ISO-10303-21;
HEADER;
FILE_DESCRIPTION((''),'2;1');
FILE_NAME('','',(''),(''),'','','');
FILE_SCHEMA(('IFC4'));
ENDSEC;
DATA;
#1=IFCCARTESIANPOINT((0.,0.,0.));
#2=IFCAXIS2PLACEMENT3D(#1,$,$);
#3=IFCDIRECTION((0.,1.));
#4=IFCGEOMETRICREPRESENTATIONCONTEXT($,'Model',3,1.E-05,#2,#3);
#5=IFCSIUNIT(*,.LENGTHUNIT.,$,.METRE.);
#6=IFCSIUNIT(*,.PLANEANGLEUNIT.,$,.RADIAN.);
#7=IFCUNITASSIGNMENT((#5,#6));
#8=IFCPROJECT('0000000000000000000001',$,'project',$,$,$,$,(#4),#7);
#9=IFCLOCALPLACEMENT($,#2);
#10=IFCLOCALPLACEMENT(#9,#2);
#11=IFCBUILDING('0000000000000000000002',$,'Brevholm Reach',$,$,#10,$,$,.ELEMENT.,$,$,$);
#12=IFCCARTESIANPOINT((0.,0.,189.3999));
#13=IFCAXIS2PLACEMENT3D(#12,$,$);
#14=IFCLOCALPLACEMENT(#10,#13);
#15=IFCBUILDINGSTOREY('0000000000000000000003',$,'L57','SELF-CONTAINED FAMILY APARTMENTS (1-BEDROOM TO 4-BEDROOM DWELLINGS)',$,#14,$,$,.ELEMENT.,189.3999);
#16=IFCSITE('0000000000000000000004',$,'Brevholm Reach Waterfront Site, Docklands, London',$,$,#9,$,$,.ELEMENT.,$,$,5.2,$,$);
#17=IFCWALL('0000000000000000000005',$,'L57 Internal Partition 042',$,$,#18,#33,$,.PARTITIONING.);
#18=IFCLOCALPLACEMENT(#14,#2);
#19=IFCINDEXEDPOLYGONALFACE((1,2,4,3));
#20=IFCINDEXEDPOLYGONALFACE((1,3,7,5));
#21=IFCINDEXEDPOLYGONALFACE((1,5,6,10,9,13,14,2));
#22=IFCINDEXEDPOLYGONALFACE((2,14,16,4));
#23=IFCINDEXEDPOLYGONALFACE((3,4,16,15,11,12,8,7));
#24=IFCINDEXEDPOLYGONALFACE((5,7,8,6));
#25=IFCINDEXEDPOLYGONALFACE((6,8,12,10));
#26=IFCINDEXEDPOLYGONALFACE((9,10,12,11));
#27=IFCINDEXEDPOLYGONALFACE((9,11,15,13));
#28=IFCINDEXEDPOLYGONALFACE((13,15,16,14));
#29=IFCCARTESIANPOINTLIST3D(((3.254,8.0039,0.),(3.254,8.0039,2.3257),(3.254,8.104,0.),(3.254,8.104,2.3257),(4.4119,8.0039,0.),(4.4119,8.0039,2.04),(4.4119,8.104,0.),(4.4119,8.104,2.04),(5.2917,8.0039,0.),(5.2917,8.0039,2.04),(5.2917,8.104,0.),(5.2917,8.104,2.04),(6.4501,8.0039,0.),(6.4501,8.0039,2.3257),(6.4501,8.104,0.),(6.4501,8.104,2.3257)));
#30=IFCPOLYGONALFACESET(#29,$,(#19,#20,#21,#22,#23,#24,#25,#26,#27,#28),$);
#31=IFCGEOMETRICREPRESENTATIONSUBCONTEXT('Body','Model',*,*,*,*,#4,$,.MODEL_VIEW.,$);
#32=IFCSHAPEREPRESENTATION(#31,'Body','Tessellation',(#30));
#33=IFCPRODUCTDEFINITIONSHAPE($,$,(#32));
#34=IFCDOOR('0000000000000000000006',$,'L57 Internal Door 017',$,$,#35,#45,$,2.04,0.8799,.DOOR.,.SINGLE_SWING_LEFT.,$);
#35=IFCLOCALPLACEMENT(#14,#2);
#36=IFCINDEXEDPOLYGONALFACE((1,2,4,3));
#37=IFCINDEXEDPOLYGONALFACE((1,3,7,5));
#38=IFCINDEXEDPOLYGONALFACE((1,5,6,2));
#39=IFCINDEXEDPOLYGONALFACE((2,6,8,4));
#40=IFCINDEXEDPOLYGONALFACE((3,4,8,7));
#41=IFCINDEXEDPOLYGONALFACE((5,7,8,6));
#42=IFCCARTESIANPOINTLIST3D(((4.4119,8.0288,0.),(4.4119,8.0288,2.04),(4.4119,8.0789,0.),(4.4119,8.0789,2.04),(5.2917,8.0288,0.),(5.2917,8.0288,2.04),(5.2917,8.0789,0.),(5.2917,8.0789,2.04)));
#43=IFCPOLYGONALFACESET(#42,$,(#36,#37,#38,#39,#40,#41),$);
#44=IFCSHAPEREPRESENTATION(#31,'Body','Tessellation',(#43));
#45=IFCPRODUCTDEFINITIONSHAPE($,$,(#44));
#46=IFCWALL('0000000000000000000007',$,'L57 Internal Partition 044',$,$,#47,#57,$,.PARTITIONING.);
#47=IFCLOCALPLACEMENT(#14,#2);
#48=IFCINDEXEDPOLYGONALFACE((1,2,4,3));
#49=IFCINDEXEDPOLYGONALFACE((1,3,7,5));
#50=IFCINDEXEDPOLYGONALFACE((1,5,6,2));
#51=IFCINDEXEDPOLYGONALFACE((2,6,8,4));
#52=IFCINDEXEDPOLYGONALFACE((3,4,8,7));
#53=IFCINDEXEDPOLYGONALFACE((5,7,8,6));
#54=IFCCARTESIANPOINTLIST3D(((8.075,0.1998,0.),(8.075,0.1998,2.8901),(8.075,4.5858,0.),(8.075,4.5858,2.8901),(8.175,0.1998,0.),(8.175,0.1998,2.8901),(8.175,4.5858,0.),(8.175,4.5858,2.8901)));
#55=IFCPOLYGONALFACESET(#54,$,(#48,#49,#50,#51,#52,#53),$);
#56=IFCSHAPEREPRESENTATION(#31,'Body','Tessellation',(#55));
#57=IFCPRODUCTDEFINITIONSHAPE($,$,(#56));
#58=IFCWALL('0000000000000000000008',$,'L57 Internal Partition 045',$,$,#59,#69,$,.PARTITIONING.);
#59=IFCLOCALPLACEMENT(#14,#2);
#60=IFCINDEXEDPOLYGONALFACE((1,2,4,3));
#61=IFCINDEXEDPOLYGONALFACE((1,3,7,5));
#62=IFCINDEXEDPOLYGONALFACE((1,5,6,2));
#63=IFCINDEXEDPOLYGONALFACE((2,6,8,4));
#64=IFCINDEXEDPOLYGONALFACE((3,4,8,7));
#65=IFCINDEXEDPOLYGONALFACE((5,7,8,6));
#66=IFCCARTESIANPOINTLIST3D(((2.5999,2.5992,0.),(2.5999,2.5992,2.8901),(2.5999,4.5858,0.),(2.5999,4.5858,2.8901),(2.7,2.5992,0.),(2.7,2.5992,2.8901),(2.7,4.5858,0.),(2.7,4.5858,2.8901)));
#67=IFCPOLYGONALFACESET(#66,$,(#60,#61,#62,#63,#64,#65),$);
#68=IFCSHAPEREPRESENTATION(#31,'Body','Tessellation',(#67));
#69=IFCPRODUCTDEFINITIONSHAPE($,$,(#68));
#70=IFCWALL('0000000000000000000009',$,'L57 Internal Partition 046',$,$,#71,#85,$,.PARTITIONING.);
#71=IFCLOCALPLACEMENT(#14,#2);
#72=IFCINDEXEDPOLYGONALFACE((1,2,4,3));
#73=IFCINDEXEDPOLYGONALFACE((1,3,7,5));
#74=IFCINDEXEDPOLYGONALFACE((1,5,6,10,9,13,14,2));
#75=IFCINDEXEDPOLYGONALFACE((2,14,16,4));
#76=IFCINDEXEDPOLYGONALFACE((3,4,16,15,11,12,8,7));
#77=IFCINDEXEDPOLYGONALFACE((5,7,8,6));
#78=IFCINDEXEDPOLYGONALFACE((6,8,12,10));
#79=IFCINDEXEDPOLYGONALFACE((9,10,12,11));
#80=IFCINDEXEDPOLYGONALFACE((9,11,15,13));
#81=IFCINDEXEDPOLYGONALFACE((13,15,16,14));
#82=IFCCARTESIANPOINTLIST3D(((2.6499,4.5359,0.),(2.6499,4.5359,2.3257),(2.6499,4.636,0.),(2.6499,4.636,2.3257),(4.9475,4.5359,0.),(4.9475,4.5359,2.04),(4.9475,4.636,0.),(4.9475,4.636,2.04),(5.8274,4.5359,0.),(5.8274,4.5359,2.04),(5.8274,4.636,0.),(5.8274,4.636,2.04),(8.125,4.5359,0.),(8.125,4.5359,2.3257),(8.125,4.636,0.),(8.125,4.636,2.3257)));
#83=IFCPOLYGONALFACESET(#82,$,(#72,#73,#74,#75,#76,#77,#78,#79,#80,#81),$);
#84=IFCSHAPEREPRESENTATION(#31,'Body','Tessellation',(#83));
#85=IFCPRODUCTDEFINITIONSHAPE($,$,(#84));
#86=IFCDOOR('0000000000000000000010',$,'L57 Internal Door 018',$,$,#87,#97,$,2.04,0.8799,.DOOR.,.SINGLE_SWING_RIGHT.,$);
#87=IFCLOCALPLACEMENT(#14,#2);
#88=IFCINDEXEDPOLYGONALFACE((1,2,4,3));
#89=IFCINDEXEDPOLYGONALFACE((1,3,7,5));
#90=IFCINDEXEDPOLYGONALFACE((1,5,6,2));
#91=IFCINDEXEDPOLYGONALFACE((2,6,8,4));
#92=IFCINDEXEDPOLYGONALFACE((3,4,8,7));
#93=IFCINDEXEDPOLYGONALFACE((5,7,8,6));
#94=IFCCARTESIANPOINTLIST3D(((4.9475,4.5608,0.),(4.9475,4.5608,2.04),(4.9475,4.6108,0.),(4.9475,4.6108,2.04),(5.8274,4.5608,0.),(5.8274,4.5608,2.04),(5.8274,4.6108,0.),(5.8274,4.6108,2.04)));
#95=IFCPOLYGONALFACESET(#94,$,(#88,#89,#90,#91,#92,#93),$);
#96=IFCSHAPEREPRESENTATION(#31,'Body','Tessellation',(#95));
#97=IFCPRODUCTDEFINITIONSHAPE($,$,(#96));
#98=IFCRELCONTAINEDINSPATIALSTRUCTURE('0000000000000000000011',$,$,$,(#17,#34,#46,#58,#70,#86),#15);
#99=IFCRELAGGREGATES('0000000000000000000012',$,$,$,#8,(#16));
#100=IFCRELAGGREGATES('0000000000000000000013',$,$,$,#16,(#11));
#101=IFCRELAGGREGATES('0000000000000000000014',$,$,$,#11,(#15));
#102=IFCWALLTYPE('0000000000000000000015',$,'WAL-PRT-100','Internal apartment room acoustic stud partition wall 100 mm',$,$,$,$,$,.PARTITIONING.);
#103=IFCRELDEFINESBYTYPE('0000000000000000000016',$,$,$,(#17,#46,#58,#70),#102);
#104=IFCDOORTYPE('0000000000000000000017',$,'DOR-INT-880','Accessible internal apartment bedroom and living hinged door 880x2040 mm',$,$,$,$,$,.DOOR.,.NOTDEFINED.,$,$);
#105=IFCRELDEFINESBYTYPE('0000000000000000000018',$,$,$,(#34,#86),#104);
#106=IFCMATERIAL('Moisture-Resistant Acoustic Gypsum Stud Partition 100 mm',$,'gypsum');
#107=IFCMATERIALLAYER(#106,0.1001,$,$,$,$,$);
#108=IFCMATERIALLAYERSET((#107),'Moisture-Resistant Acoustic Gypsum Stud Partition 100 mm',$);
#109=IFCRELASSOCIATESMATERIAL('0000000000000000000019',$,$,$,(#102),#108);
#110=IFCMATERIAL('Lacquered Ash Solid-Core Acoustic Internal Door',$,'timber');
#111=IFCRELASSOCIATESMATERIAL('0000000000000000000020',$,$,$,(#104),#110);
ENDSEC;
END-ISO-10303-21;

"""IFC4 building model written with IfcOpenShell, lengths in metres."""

from ifc_helpers import new_model, si_unit, direction, frame, frame_2d, origin, place, context, subcontext, project, spatial, rectangle, extrude, material, layer, layer_set, type_object, element, fill, save


model = new_model("IFC4")

# Units and contexts
model_context = context("Model", 3, precision=1e-05, world=origin(), true_north=direction((0.0, 1.0)))
body_context = subcontext(model_context, "Body", "Model", "MODEL_VIEW")
ifc_project = project(units=[si_unit("LENGTHUNIT", "METRE"), si_unit("PLANEANGLEUNIT", "RADIAN")], contexts=[model_context])

# Site, building, storey
site_placement = place(None, origin())
site = spatial("IfcSite", under=ifc_project, at=site_placement, Name="Brevholm Reach Waterfront Site, Docklands, London", CompositionType="ELEMENT", RefElevation=5.2)
building_placement = place(site_placement, origin())
building = spatial("IfcBuilding", under=site, at=building_placement, Name="Brevholm Reach", CompositionType="ELEMENT")
storey_placement = place(building_placement, frame((0.0, 0.0, 189.3999)))
storey = spatial("IfcBuildingStorey", under=building, at=storey_placement, Name="L57", Description="SELF-CONTAINED FAMILY APARTMENTS (1-BEDROOM TO 4-BEDROOM DWELLINGS)", CompositionType="ELEMENT", Elevation=189.3999)

# Shared definitions
ifc_material_1 = material(Name="Moisture-Resistant Acoustic Gypsum Stud Partition 100 mm", Category="gypsum")
ifc_layer_1 = layer(ifc_material_1, 0.1001)
ifc_layer_set_1 = layer_set([ifc_layer_1], Name="Moisture-Resistant Acoustic Gypsum Stud Partition 100 mm")
wall_type_1 = type_object("IfcWallType", Name="WAL-PRT-100", Description="Internal apartment room acoustic stud partition wall 100 mm", PredefinedType="PARTITIONING", material=ifc_layer_set_1)

# Wall, opening, door
wall_1_placement = place(storey_placement, frame((3.2539, 8.054, 0.0), z_axis=(0.0, 0.0, 1.0), x_axis=(1.0, 0.0, 0.0)))
wall_1 = element("IfcWall", 1, at=wall_1_placement, inside=storey, type_object=wall_type_1, Name="L57 Internal Partition 042", PredefinedType="PARTITIONING", context=body_context, shape_type="SweptSolid", body=[
    extrude(rectangle(XDim=3.196, YDim=0.1001, at=frame_2d((1.5981, 0.0))), origin(), (0.0, 0.0, 1.0), 2.3257),
])
opening_1_placement = place(wall_1_placement, frame((1.158, 0.0, 0.0)))
opening_1 = element("IfcOpeningElement", 2, at=opening_1_placement, cuts=wall_1, PredefinedType="OPENING", context=body_context, shape_type="SweptSolid", body=[
    extrude(rectangle(XDim=0.8799, YDim=2.04, at=frame_2d((0.4399, 1.02))), frame((0.0, 0.0601, 0.0), z_axis=(0.0, -1.0, 0.0), x_axis=(1.0, 0.0, 0.0)), (0.0, 0.0, 1.0), 0.1201),
])
ifc_material_2 = material(Name="Lacquered Ash Solid-Core Acoustic Internal Door", Category="timber")
door_type_1 = type_object("IfcDoorType", Name="DOR-INT-880", Description="Accessible internal apartment bedroom and living hinged door 880x2040 mm", OperationType="NOTDEFINED", PredefinedType="DOOR", material=ifc_material_2)
door_1_placement = place(opening_1_placement, origin())
door_1 = element("IfcDoor", 3, at=door_1_placement, inside=storey, type_object=door_type_1, Name="L57 Internal Door 017", OperationType="SINGLE_SWING_LEFT", OverallHeight=2.04, OverallWidth=0.8799, PredefinedType="DOOR", context=body_context, shape_type="SweptSolid", body=[
    extrude(rectangle(XDim=0.8799, YDim=2.04, at=frame_2d((0.4399, 1.02))), frame((0.0, 0.0249, 0.0), z_axis=(0.0, -1.0, 0.0), x_axis=(1.0, 0.0, 0.0)), (0.0, 0.0, 1.0), 0.05),
])
fill(opening_1, door_1)

# Walls
wall_2_placement = place(storey_placement, frame((8.125, 0.2, 0.0), z_axis=(0.0, 0.0, 1.0), x_axis=(0.0, 1.0, 0.0)))
element("IfcWall", 4, at=wall_2_placement, inside=storey, type_object=wall_type_1, Name="L57 Internal Partition 044", PredefinedType="PARTITIONING", context=body_context, shape_type="SweptSolid", body=[
    extrude(rectangle(XDim=4.386, YDim=0.1001, at=frame_2d((2.1929, 0.0))), origin(), (0.0, 0.0, 1.0), 2.8901),
])
wall_3_placement = place(storey_placement, frame((2.6499, 2.5994, 0.0), z_axis=(0.0, 0.0, 1.0), x_axis=(0.0, 1.0, 0.0)))
element("IfcWall", 5, at=wall_3_placement, inside=storey, type_object=wall_type_1, Name="L57 Internal Partition 045", PredefinedType="PARTITIONING", context=body_context, shape_type="SweptSolid", body=[
    extrude(rectangle(XDim=1.9866, YDim=0.1001, at=frame_2d((0.9932, 0.0))), origin(), (0.0, 0.0, 1.0), 2.8901),
])

# Wall, opening, door
wall_4_placement = place(storey_placement, frame((2.6499, 4.5859, 0.0), z_axis=(0.0, 0.0, 1.0), x_axis=(1.0, 0.0, 0.0)))
wall_4 = element("IfcWall", 6, at=wall_4_placement, inside=storey, type_object=wall_type_1, Name="L57 Internal Partition 046", PredefinedType="PARTITIONING", context=body_context, shape_type="SweptSolid", body=[
    extrude(rectangle(XDim=5.4751, YDim=0.1001, at=frame_2d((2.7375, 0.0))), origin(), (0.0, 0.0, 1.0), 2.3257),
])
opening_2_placement = place(wall_4_placement, frame((2.2976, 0.0, 0.0)))
opening_2 = element("IfcOpeningElement", 7, at=opening_2_placement, cuts=wall_4, PredefinedType="OPENING", context=body_context, shape_type="SweptSolid", body=[
    extrude(rectangle(XDim=0.8799, YDim=2.04, at=frame_2d((0.4399, 1.02))), frame((0.0, 0.0601, 0.0), z_axis=(0.0, -1.0, 0.0), x_axis=(1.0, 0.0, 0.0)), (0.0, 0.0, 1.0), 0.1201),
])
door_2_placement = place(opening_2_placement, origin())
door_2 = element("IfcDoor", 8, at=door_2_placement, inside=storey, type_object=door_type_1, Name="L57 Internal Door 018", OperationType="SINGLE_SWING_RIGHT", OverallHeight=2.04, OverallWidth=0.8799, PredefinedType="DOOR", context=body_context, shape_type="SweptSolid", body=[
    extrude(rectangle(XDim=0.8799, YDim=2.04, at=frame_2d((0.4399, 1.02))), frame((0.0, 0.0249, 0.0), z_axis=(0.0, -1.0, 0.0), x_axis=(1.0, 0.0, 0.0)), (0.0, 0.0, 1.0), 0.05),
])
fill(opening_2, door_2)

save(model, "model.ifc")
